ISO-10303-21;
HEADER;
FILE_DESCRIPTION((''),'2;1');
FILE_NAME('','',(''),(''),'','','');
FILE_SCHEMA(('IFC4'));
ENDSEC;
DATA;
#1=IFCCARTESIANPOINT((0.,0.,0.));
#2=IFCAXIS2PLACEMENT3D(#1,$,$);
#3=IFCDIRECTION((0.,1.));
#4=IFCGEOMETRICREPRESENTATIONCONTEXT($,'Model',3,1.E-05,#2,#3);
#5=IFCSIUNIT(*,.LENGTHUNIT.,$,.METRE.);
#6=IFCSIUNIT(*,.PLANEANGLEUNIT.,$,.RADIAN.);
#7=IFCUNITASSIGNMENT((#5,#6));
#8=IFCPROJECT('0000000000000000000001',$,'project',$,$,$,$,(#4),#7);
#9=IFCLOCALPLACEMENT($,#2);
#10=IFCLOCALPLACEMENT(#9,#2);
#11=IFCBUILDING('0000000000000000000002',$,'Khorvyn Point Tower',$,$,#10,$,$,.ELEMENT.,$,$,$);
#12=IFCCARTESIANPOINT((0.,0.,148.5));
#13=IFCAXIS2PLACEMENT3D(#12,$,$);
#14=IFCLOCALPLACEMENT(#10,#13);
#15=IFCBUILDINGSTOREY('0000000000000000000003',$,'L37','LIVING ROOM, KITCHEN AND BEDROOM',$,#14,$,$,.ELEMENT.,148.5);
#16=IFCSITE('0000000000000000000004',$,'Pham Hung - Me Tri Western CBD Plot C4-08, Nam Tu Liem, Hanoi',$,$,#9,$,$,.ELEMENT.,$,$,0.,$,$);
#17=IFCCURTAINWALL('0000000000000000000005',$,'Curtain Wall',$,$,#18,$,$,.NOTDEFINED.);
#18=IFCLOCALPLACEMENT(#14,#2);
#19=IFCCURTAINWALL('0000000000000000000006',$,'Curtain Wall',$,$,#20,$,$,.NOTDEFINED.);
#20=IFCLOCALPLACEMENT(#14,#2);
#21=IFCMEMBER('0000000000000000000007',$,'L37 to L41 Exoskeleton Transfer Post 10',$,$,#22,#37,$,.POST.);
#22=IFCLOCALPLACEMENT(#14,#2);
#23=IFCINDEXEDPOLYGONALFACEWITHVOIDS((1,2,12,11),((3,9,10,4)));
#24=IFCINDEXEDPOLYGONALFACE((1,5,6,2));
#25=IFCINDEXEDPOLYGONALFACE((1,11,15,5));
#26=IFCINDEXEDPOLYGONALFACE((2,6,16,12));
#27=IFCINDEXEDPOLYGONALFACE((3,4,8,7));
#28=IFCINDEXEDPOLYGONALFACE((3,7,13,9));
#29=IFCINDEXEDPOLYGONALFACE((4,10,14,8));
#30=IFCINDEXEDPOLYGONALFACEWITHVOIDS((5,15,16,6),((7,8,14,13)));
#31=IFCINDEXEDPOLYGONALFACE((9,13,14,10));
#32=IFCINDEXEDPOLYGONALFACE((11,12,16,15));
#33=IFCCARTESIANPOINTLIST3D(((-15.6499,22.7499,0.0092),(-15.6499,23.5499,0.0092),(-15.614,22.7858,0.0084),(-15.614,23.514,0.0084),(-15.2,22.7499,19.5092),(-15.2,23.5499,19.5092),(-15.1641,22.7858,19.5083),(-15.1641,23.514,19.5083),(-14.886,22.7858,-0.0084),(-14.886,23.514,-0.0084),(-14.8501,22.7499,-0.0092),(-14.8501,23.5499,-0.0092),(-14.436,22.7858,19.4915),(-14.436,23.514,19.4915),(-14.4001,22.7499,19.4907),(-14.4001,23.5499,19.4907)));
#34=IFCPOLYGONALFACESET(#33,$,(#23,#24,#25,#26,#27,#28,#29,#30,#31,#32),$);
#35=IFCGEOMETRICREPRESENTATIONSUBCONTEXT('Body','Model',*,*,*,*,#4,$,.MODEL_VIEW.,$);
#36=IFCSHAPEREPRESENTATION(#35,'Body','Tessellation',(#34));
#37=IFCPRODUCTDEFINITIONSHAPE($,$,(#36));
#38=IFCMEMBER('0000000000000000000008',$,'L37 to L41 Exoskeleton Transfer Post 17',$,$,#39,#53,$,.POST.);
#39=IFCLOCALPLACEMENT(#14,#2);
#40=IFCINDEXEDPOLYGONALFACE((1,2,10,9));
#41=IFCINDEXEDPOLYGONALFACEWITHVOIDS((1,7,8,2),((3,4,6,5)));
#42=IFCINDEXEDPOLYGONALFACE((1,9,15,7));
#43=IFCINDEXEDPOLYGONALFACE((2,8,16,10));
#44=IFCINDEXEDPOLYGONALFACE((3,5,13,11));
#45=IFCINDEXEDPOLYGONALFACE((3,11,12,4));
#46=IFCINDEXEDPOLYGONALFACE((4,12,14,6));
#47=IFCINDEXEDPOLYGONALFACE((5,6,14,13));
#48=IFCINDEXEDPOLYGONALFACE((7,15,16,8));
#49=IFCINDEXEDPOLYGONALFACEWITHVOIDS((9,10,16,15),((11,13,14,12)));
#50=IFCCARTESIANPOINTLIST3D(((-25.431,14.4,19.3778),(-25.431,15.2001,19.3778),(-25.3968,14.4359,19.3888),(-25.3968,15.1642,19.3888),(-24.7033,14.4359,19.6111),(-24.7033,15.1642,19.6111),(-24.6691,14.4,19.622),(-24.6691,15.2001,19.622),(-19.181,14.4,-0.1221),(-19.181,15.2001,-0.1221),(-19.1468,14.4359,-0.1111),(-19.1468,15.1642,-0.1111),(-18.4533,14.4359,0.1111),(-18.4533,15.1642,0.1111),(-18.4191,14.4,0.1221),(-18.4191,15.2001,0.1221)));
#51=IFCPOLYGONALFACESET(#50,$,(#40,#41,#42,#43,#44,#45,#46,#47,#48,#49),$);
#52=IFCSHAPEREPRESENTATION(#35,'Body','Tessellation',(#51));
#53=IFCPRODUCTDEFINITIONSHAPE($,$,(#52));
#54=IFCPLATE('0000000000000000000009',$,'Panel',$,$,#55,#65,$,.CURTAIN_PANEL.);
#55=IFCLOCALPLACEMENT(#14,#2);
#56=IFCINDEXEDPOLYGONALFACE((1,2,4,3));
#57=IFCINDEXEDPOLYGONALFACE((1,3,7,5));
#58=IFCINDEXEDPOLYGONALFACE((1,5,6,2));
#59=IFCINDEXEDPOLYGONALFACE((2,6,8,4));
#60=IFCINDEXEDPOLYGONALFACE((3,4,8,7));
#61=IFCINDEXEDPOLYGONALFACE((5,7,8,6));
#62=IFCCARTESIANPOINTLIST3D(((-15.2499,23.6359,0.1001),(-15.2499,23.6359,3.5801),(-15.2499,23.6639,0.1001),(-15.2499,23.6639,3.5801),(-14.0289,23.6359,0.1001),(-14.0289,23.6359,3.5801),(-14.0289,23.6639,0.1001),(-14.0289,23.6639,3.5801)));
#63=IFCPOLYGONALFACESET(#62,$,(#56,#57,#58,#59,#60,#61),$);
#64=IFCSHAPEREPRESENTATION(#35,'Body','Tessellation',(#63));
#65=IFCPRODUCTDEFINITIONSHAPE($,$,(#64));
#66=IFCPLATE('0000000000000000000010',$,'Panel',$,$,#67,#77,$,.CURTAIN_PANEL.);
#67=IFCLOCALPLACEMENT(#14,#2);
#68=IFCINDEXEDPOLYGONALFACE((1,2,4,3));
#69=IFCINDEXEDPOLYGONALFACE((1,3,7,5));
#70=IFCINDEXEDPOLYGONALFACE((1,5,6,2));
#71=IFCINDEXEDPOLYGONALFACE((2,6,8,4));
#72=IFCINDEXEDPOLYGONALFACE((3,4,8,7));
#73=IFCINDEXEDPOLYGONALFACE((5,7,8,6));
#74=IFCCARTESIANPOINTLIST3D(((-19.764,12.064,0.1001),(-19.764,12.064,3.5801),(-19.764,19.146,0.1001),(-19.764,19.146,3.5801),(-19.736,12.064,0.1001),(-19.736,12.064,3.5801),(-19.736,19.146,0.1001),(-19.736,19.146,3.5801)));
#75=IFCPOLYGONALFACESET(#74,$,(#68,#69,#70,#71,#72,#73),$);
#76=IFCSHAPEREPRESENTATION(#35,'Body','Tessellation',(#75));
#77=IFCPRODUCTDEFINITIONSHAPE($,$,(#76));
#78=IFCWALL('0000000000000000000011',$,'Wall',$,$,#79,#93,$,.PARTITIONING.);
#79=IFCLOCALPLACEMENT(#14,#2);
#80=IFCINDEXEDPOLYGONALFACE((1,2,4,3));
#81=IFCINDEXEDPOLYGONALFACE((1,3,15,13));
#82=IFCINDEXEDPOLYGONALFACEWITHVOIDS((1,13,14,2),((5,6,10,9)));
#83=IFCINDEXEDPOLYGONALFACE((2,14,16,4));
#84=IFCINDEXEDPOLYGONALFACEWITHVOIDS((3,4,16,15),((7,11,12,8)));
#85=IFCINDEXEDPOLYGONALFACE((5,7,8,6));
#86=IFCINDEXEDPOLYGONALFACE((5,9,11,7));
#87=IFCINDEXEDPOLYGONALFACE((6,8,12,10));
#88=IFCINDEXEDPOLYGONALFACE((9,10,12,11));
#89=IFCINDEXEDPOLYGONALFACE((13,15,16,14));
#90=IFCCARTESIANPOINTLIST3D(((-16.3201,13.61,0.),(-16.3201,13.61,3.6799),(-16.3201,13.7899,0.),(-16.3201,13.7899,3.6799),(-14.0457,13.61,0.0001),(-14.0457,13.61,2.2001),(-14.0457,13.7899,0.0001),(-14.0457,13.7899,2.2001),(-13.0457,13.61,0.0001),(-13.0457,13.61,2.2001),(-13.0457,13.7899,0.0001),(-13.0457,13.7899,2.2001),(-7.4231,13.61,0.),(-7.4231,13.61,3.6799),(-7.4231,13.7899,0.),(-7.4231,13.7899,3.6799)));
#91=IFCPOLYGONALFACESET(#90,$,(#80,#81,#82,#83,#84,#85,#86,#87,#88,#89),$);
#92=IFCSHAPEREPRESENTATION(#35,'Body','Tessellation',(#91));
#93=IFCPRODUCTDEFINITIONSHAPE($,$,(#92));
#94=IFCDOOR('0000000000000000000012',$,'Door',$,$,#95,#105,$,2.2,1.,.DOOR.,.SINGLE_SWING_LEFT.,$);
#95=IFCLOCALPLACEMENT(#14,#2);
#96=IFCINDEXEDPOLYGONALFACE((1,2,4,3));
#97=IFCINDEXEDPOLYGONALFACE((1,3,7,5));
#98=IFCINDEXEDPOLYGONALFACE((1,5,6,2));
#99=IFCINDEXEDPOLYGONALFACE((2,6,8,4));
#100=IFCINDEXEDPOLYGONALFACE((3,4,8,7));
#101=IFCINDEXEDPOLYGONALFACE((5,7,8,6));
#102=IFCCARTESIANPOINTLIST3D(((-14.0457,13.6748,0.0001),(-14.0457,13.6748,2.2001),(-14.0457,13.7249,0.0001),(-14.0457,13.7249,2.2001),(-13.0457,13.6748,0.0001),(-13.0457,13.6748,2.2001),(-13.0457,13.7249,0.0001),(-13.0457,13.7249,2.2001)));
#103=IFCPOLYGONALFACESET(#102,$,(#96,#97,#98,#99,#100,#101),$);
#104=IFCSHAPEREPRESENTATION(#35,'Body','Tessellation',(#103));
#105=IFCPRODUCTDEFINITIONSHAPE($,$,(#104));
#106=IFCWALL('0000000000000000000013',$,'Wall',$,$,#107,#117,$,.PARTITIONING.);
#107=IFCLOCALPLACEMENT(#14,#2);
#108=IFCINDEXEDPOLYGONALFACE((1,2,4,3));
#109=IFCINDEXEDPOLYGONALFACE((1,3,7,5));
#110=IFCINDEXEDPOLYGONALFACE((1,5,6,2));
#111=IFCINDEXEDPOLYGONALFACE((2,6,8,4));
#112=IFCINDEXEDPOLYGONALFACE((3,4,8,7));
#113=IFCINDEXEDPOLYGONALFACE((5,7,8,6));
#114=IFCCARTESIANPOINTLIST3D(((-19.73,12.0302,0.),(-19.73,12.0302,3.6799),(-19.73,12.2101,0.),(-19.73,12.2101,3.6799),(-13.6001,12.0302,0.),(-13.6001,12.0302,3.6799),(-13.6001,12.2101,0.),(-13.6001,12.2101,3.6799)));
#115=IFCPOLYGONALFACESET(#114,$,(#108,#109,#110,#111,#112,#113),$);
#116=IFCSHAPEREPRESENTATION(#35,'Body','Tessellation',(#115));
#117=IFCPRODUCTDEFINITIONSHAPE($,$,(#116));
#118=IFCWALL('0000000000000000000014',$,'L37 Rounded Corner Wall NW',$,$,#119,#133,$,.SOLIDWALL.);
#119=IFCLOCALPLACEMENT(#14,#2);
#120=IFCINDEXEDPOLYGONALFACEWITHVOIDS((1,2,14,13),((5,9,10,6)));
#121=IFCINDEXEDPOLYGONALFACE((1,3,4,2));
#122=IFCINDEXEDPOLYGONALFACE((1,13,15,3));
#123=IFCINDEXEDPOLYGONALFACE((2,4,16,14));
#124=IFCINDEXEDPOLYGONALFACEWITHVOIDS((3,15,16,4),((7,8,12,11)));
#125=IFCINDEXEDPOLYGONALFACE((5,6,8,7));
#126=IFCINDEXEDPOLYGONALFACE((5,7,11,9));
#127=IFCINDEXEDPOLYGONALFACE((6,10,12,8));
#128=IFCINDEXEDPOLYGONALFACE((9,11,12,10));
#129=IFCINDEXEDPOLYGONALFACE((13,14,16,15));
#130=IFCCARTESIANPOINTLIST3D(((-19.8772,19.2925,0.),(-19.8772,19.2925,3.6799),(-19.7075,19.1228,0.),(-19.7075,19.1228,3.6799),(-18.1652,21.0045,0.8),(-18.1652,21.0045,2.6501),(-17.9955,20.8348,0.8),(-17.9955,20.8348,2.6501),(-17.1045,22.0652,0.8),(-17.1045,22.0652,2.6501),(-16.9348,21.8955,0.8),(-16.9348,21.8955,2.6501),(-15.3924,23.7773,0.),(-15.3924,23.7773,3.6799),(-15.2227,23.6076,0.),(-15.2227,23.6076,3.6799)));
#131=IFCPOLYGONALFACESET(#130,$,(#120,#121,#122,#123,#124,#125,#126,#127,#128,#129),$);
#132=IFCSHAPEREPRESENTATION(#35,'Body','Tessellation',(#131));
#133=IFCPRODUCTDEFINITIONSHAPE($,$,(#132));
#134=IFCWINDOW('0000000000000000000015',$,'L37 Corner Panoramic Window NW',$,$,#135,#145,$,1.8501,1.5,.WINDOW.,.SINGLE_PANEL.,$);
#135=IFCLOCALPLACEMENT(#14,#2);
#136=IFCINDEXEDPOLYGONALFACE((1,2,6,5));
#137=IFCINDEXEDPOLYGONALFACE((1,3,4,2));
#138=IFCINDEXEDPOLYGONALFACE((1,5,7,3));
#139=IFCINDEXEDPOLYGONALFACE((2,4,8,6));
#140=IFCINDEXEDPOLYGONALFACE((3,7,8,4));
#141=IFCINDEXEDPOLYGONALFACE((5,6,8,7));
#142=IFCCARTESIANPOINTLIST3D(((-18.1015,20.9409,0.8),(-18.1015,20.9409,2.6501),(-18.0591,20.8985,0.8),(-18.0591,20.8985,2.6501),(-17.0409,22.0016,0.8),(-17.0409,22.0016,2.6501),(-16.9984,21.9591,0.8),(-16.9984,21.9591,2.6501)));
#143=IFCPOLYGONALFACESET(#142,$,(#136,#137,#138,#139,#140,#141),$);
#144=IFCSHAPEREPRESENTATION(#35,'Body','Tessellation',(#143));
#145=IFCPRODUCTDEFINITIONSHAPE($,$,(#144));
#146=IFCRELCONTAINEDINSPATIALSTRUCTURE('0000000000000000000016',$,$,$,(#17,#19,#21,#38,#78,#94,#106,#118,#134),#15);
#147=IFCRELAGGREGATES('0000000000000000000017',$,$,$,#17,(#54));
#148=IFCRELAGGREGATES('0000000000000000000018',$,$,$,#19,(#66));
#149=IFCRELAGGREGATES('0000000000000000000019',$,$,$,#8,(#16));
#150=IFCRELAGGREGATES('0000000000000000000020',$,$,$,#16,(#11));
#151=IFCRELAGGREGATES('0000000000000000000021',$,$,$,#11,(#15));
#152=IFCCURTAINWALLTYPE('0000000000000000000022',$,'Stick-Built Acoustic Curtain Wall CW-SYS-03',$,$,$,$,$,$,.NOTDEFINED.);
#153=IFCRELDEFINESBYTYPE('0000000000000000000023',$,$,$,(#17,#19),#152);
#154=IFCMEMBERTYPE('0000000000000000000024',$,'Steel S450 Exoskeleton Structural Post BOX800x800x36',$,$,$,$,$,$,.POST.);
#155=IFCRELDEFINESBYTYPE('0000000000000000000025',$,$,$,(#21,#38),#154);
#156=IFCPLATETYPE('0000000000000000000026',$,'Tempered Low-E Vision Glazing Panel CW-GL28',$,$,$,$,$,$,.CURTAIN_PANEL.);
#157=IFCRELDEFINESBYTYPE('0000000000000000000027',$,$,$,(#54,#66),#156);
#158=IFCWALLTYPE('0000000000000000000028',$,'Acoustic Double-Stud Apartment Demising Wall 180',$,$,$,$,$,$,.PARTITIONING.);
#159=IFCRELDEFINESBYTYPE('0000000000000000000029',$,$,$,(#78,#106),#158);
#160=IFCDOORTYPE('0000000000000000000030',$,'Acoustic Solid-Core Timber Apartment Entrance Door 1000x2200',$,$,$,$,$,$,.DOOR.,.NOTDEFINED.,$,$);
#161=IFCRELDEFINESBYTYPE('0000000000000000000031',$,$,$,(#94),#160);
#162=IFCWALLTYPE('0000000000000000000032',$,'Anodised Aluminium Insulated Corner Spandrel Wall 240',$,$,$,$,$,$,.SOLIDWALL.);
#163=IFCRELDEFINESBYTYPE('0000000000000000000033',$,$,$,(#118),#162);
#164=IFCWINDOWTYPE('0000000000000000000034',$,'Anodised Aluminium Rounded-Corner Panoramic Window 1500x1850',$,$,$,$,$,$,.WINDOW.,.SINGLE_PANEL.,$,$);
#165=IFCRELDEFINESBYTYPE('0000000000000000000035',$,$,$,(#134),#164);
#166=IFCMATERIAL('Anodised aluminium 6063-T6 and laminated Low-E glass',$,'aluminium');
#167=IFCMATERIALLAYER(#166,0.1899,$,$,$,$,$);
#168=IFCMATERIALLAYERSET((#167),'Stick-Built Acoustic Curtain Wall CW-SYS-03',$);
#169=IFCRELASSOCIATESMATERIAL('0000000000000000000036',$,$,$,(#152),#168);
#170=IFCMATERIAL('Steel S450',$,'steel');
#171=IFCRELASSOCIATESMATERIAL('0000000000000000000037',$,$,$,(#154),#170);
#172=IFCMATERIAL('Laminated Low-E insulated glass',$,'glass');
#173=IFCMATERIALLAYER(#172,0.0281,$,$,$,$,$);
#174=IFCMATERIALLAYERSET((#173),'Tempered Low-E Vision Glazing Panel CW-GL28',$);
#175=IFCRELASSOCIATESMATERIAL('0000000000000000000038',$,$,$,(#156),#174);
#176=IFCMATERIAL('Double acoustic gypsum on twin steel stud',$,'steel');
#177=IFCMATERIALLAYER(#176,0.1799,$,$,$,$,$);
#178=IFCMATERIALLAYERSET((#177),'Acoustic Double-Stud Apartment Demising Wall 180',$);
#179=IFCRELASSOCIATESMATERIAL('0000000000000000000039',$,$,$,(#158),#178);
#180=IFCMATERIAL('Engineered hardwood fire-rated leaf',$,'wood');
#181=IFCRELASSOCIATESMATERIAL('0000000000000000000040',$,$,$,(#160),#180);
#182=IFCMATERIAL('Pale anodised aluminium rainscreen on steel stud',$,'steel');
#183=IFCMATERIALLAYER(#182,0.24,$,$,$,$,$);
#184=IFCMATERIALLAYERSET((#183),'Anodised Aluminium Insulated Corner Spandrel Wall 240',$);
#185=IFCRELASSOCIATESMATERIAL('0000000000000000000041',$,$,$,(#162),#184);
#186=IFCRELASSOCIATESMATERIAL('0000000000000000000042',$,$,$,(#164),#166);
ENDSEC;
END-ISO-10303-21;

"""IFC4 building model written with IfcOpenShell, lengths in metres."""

from ifc_helpers import new_model, si_unit, direction, frame, frame_2d, origin, origin_2d, place, context, subcontext, project, spatial, rectangle, hollow_rectangle, extrude, material, layer, layer_set, material_profile, profile_set, type_object, element, fill, aggregate, save


model = new_model("IFC4")

# Units and contexts
model_context = context("Model", 3, precision=1e-05, world=origin(), true_north=direction((0.0, 1.0)))
body_context = subcontext(model_context, "Body", "Model", "MODEL_VIEW")
ifc_project = project(units=[si_unit("LENGTHUNIT", "METRE"), si_unit("PLANEANGLEUNIT", "RADIAN")], contexts=[model_context])

# Site, building, storey
site_placement = place(None, origin())
site = spatial("IfcSite", under=ifc_project, at=site_placement, Name="Pham Hung - Me Tri Western CBD Plot C4-08, Nam Tu Liem, Hanoi", CompositionType="ELEMENT", RefElevation=0.0)
building_placement = place(site_placement, origin())
building = spatial("IfcBuilding", under=site, at=building_placement, Name="Khorvyn Point Tower", CompositionType="ELEMENT")
storey_placement = place(building_placement, frame((0.0, 0.0, 148.5)))
storey = spatial("IfcBuildingStorey", under=building, at=storey_placement, Name="L37", Description="LIVING ROOM, KITCHEN AND BEDROOM", CompositionType="ELEMENT", Elevation=148.5)

# Shared definitions
ifc_material_1 = material(Name="Steel S450", Category="steel")

# Curtain walls
ifc_material_2 = material(Name="Anodised aluminium 6063-T6 and laminated Low-E glass", Category="aluminium")
ifc_layer_1 = layer(ifc_material_2, 0.1899)
ifc_layer_set_1 = layer_set([ifc_layer_1], Name="Stick-Built Acoustic Curtain Wall CW-SYS-03")
curtain_wall_type = type_object("IfcCurtainWallType", Name="Stick-Built Acoustic Curtain Wall CW-SYS-03", PredefinedType="NOTDEFINED", material=ifc_layer_set_1)
curtain_wall_1_placement = place(storey_placement, origin())
curtain_wall_1 = element("IfcCurtainWall", 1, at=curtain_wall_1_placement, inside=storey, type_object=curtain_wall_type, Name="Curtain Wall", PredefinedType="NOTDEFINED")
curtain_wall_2_placement = place(storey_placement, origin())
curtain_wall_2 = element("IfcCurtainWall", 2, at=curtain_wall_2_placement, inside=storey, type_object=curtain_wall_type, Name="Curtain Wall", PredefinedType="NOTDEFINED")

# Members
ifc_material_profile_1 = material_profile(ifc_material_1, hollow_rectangle(XDim=0.8, YDim=0.8, WallThickness=0.0359, at=origin_2d()))
ifc_profile_set_1 = profile_set([ifc_material_profile_1], Name="Steel S450 BOX800x800x36")
member_type_1 = type_object("IfcMemberType", Name="Steel S450 Exoskeleton Structural Post BOX800x800x36", PredefinedType="POST", material=ifc_profile_set_1)
member_1_placement = place(storey_placement, frame((-15.25, 23.1499, 0.0), z_axis=(0.023068, 0.0, 0.999734), x_axis=(0.0, 1.0, 0.0)))
element("IfcMember", 3, at=member_1_placement, inside=storey, type_object=member_type_1, Name="L37 to L41 Exoskeleton Transfer Post 10", PredefinedType="POST", context=body_context, shape_type="SweptSolid", body=[
    extrude(hollow_rectangle(XDim=0.8, YDim=0.8, WallThickness=0.0359, at=origin_2d()), origin(), (0.0, 0.0, 1.0), 19.5051),
])
member_2_placement = place(storey_placement, frame((-18.8, 14.8, 0.0), z_axis=(-0.305219, 0.0, 0.952282), x_axis=(0.0, -1.0, 0.0)))
element("IfcMember", 4, at=member_2_placement, inside=storey, type_object=member_type_1, Name="L37 to L41 Exoskeleton Transfer Post 17", PredefinedType="POST", context=body_context, shape_type="SweptSolid", body=[
    extrude(hollow_rectangle(XDim=0.8, YDim=0.8, WallThickness=0.0359, at=origin_2d()), origin(), (0.0, 0.0, 1.0), 20.4771),
])

# Plates
ifc_material_3 = material(Name="Laminated Low-E insulated glass", Category="glass")
ifc_layer_2 = layer(ifc_material_3, 0.0281)
ifc_layer_set_2 = layer_set([ifc_layer_2], Name="Tempered Low-E Vision Glazing Panel CW-GL28")
plate_type = type_object("IfcPlateType", Name="Tempered Low-E Vision Glazing Panel CW-GL28", PredefinedType="CURTAIN_PANEL", material=ifc_layer_set_2)
plate_1_placement = place(storey_placement, frame((-14.6394, 23.6499, 0.1001), z_axis=(0.0, 0.0, 1.0), x_axis=(1.0, 0.0, 0.0)))
plate_1 = element("IfcPlate", 5, at=plate_1_placement, type_object=plate_type, Name="Panel", PredefinedType="CURTAIN_PANEL", context=body_context, shape_type="SweptSolid", body=[
    extrude(rectangle(XDim=1.2209, YDim=0.0281, at=origin_2d()), origin(), (0.0, 0.0, 1.0), 3.48),
])
aggregate(curtain_wall_1, [plate_1])
plate_2_placement = place(storey_placement, frame((-19.75, 15.605, 0.1001), z_axis=(0.0, 0.0, 1.0), x_axis=(0.0, 1.0, 0.0)))
plate_2 = element("IfcPlate", 6, at=plate_2_placement, type_object=plate_type, Name="Panel", PredefinedType="CURTAIN_PANEL", context=body_context, shape_type="SweptSolid", body=[
    extrude(rectangle(XDim=7.082, YDim=0.0281, at=origin_2d()), origin(), (0.0, 0.0, 1.0), 3.48),
])
aggregate(curtain_wall_2, [plate_2])

# Wall, opening, door
ifc_material_4 = material(Name="Double acoustic gypsum on twin steel stud", Category="steel")
ifc_layer_3 = layer(ifc_material_4, 0.1799)
ifc_layer_set_3 = layer_set([ifc_layer_3], Name="Acoustic Double-Stud Apartment Demising Wall 180")
wall_type_1 = type_object("IfcWallType", Name="Acoustic Double-Stud Apartment Demising Wall 180", PredefinedType="PARTITIONING", material=ifc_layer_set_3)
wall_1_placement = place(storey_placement, frame((-16.3201, 13.7, 0.0), z_axis=(0.0, 0.0, 1.0), x_axis=(1.0, 0.0, 0.0)))
wall_1 = element("IfcWall", 7, at=wall_1_placement, inside=storey, type_object=wall_type_1, Name="Wall", PredefinedType="PARTITIONING", context=body_context, shape_type="SweptSolid", body=[
    extrude(rectangle(XDim=8.897, YDim=0.1799, at=frame_2d((4.4485, 0.0))), origin(), (0.0, 0.0, 1.0), 3.6799),
])
opening_1_placement = place(wall_1_placement, frame((2.2744, 0.0, 0.0)))
opening_1 = element("IfcOpeningElement", 8, at=opening_1_placement, cuts=wall_1, PredefinedType="OPENING", context=body_context, shape_type="SweptSolid", body=[
    extrude(rectangle(XDim=1.0, YDim=2.2, at=frame_2d((0.5, 1.1001))), frame((0.0, 0.0999, 0.0), z_axis=(0.0, -1.0, 0.0), x_axis=(1.0, 0.0, 0.0)), (0.0, 0.0, 1.0), 0.2),
])
ifc_material_5 = material(Name="Engineered hardwood fire-rated leaf", Category="wood")
door_type = type_object("IfcDoorType", Name="Acoustic Solid-Core Timber Apartment Entrance Door 1000x2200", OperationType="NOTDEFINED", PredefinedType="DOOR", material=ifc_material_5)
door_placement = place(opening_1_placement, origin())
door = element("IfcDoor", 9, at=door_placement, inside=storey, type_object=door_type, Name="Door", OperationType="SINGLE_SWING_LEFT", OverallHeight=2.2, OverallWidth=1.0, PredefinedType="DOOR", context=body_context, shape_type="SweptSolid", body=[
    extrude(rectangle(XDim=1.0, YDim=2.2, at=frame_2d((0.5, 1.1001))), frame((0.0, 0.0249, 0.0), z_axis=(0.0, -1.0, 0.0), x_axis=(1.0, 0.0, 0.0)), (0.0, 0.0, 1.0), 0.05),
])
fill(opening_1, door)

# Wall
wall_2_placement = place(storey_placement, frame((-19.73, 12.1201, 0.0), z_axis=(0.0, 0.0, 1.0), x_axis=(1.0, 0.0, 0.0)))
element("IfcWall", 10, at=wall_2_placement, inside=storey, type_object=wall_type_1, Name="Wall", PredefinedType="PARTITIONING", context=body_context, shape_type="SweptSolid", body=[
    extrude(rectangle(XDim=6.1299, YDim=0.1799, at=frame_2d((3.0649, 0.0))), origin(), (0.0, 0.0, 1.0), 3.6799),
])

# Wall, opening, window
ifc_material_6 = material(Name="Pale anodised aluminium rainscreen on steel stud", Category="steel")
ifc_layer_4 = layer(ifc_material_6, 0.24)
ifc_layer_set_4 = layer_set([ifc_layer_4], Name="Anodised Aluminium Insulated Corner Spandrel Wall 240")
wall_type_2 = type_object("IfcWallType", Name="Anodised Aluminium Insulated Corner Spandrel Wall 240", PredefinedType="SOLIDWALL", material=ifc_layer_set_4)
wall_3_placement = place(storey_placement, frame((-19.7925, 19.2075, 0.0), z_axis=(0.0, 0.0, 1.0), x_axis=(0.707107, 0.707107, 0.0)))
wall_3 = element("IfcWall", 11, at=wall_3_placement, inside=storey, type_object=wall_type_2, Name="L37 Rounded Corner Wall NW", PredefinedType="SOLIDWALL", context=body_context, shape_type="SweptSolid", body=[
    extrude(rectangle(XDim=6.3425, YDim=0.24, at=frame_2d((3.1714, 0.0))), origin(), (0.0, 0.0, 1.0), 3.6799),
])
opening_2_placement = place(wall_3_placement, frame((2.4214, 0.0, 0.8)))
opening_2 = element("IfcOpeningElement", 12, at=opening_2_placement, cuts=wall_3, PredefinedType="OPENING", context=body_context, shape_type="SweptSolid", body=[
    extrude(rectangle(XDim=1.5, YDim=1.8501, at=frame_2d((0.75, 0.925))), frame((0.0, 0.1299, 0.0), z_axis=(0.0, -1.0, 0.0), x_axis=(1.0, 0.0, 0.0)), (0.0, 0.0, 1.0), 0.26),
])
window_type = type_object("IfcWindowType", Name="Anodised Aluminium Rounded-Corner Panoramic Window 1500x1850", PartitioningType="SINGLE_PANEL", PredefinedType="WINDOW", material=ifc_material_2)
window_placement = place(opening_2_placement, origin())
window = element("IfcWindow", 13, at=window_placement, inside=storey, type_object=window_type, Name="L37 Corner Panoramic Window NW", OverallHeight=1.8501, OverallWidth=1.5, PartitioningType="SINGLE_PANEL", PredefinedType="WINDOW", context=body_context, shape_type="SweptSolid", body=[
    extrude(rectangle(XDim=1.5, YDim=1.8501, at=frame_2d((0.75, 0.925))), frame((0.0, 0.03, 0.0), z_axis=(0.0, -1.0, 0.0), x_axis=(1.0, 0.0, 0.0)), (0.0, 0.0, 1.0), 0.0601),
])
fill(opening_2, window)

save(model, "model.ifc")
